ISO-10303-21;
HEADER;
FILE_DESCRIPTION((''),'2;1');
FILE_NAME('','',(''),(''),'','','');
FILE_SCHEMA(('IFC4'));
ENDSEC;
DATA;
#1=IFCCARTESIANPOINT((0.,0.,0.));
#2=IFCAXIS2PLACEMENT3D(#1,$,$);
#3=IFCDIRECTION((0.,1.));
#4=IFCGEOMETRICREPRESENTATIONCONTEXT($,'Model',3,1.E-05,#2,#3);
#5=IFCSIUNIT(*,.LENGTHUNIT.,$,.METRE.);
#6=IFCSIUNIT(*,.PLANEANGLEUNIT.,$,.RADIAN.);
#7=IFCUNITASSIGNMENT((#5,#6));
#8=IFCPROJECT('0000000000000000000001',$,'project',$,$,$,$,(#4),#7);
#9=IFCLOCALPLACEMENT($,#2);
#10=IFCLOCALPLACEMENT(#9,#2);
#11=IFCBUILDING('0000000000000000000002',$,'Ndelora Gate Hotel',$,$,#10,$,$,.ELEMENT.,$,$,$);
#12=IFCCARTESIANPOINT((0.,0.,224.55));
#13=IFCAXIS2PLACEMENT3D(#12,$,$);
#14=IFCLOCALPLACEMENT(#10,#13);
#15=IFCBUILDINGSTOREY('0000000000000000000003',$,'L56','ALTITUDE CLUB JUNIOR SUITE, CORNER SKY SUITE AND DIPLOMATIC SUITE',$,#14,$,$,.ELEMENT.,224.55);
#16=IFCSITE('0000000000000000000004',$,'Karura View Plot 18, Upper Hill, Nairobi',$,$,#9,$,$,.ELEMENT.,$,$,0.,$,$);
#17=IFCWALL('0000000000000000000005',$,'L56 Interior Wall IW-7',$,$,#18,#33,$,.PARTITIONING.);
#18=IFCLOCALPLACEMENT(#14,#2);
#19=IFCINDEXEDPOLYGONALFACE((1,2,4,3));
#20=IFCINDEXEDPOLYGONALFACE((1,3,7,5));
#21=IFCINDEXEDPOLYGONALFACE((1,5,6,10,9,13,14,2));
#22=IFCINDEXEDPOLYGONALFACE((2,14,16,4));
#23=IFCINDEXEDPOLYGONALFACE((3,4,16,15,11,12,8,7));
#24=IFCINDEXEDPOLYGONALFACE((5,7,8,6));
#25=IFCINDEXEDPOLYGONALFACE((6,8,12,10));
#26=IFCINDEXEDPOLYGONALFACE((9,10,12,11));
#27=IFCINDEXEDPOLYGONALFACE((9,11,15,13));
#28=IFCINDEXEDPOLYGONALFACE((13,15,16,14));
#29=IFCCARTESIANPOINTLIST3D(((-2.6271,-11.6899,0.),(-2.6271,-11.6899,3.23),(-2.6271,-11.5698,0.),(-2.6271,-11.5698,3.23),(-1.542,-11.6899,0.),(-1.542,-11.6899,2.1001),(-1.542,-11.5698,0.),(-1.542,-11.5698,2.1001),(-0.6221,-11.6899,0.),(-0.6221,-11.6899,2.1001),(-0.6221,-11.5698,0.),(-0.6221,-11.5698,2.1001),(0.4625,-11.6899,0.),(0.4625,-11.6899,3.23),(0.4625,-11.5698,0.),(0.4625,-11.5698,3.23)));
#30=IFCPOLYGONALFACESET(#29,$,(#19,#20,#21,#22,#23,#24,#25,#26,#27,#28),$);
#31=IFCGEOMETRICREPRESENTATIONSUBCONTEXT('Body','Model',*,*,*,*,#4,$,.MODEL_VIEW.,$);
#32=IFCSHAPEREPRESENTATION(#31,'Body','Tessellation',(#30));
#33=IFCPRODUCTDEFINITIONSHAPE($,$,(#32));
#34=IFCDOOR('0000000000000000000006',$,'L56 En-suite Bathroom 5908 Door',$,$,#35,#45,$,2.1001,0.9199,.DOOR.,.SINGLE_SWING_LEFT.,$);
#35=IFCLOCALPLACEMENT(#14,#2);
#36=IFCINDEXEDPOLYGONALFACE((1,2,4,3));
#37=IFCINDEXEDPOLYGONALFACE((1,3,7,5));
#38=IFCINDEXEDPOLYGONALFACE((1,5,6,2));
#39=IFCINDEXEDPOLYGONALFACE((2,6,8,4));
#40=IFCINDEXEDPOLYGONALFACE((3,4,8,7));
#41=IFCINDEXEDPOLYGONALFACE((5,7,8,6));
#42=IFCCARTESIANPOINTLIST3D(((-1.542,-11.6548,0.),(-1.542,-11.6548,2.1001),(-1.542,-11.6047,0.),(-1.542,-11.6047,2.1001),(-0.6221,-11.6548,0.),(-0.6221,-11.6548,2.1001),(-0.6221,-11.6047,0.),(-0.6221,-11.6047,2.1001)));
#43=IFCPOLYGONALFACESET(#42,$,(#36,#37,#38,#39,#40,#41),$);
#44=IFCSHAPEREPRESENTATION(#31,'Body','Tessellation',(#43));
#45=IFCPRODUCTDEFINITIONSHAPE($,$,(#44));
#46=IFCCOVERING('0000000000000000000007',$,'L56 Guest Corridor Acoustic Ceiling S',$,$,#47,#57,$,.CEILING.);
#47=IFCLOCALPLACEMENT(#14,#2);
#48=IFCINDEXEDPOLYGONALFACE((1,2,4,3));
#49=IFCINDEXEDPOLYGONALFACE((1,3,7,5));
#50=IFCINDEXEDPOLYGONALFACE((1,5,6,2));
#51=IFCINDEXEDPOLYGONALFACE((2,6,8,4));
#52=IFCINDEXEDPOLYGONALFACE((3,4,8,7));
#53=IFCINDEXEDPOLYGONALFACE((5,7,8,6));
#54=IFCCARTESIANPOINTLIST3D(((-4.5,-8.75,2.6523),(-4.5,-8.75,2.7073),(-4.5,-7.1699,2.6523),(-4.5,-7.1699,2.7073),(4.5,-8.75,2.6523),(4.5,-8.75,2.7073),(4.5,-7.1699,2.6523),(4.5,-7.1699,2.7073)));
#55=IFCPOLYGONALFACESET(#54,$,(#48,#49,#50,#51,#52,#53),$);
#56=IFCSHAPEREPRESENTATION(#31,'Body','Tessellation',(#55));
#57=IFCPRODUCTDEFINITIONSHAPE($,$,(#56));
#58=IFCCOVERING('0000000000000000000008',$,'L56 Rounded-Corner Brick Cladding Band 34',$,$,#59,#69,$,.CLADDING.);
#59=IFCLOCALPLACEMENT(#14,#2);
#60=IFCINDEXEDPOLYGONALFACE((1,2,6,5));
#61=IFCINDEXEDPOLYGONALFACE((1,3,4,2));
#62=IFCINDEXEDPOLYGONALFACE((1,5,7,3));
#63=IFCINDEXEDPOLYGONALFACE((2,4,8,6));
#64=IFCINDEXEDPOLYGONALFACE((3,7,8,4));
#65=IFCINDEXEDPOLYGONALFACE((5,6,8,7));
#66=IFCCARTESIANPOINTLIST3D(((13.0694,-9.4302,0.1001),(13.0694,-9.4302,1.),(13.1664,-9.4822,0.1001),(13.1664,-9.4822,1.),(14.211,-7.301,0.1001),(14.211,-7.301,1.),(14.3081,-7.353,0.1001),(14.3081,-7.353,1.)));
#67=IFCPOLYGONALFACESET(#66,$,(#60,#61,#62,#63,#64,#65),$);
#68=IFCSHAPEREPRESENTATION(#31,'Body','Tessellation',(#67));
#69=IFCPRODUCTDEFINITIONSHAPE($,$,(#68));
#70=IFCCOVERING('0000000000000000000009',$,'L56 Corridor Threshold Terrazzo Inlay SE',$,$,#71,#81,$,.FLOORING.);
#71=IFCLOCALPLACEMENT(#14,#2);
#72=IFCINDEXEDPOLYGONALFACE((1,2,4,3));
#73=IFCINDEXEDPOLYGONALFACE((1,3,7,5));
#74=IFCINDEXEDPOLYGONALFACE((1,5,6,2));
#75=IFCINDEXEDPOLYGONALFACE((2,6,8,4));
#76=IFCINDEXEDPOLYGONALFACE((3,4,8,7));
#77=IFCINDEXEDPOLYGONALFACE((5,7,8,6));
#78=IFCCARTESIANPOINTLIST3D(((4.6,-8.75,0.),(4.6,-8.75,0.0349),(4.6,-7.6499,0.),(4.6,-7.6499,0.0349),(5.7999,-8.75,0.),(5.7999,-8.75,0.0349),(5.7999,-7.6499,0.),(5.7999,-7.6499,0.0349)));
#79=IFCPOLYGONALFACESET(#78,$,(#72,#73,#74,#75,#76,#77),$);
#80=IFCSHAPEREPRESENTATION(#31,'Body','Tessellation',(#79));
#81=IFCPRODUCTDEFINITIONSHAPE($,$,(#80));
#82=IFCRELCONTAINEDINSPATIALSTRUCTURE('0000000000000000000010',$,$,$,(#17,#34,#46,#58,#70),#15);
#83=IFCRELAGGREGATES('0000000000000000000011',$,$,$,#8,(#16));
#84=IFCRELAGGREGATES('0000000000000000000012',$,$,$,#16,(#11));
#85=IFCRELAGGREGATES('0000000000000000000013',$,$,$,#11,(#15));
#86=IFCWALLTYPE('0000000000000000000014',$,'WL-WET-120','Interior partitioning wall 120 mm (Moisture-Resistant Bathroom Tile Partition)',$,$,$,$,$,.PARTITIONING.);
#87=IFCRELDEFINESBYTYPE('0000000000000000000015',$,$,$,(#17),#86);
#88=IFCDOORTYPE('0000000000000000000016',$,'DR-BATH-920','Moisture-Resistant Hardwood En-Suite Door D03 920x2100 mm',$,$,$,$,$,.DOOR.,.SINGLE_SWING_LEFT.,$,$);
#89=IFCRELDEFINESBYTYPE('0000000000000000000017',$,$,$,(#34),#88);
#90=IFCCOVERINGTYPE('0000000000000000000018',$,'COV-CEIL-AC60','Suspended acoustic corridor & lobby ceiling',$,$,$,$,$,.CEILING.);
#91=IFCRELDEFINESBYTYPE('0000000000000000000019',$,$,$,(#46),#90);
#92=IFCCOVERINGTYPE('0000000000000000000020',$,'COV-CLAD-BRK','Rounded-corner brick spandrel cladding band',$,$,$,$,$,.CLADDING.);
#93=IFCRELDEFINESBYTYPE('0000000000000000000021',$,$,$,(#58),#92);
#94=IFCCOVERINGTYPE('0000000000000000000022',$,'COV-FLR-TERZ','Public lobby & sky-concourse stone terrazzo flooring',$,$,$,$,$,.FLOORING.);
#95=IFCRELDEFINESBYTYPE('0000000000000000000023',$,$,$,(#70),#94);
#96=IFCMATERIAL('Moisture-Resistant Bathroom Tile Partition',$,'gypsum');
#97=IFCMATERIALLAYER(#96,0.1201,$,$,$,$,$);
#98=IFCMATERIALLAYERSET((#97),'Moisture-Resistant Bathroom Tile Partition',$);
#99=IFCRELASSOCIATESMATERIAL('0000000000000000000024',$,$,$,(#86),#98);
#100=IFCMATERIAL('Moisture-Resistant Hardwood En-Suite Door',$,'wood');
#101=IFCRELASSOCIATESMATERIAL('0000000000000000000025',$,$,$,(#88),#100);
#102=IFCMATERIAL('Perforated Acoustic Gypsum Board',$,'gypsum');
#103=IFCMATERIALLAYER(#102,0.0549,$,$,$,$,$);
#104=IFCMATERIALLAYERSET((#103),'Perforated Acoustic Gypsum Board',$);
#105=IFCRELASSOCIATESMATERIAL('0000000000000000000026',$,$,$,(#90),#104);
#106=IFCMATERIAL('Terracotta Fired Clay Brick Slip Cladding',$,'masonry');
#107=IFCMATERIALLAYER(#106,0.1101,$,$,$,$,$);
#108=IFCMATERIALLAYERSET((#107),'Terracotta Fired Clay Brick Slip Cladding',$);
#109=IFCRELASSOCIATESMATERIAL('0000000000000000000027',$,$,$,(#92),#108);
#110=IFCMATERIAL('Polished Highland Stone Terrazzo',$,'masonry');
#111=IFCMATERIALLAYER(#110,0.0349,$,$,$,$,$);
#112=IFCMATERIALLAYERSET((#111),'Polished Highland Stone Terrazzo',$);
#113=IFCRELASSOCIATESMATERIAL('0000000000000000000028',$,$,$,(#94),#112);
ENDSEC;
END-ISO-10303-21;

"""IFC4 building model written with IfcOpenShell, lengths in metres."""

from ifc_helpers import new_model, si_unit, direction, frame, frame_2d, origin, origin_2d, place, context, subcontext, project, spatial, rectangle, extrude, material, layer, layer_set, type_object, element, fill, save


model = new_model("IFC4")

# Units and contexts
model_context = context("Model", 3, precision=1e-05, world=origin(), true_north=direction((0.0, 1.0)))
body_context = subcontext(model_context, "Body", "Model", "MODEL_VIEW")
ifc_project = project(units=[si_unit("LENGTHUNIT", "METRE"), si_unit("PLANEANGLEUNIT", "RADIAN")], contexts=[model_context])

# Site, building, storey
site_placement = place(None, origin())
site = spatial("IfcSite", under=ifc_project, at=site_placement, Name="Karura View Plot 18, Upper Hill, Nairobi", CompositionType="ELEMENT", RefElevation=0.0)
building_placement = place(site_placement, origin())
building = spatial("IfcBuilding", under=site, at=building_placement, Name="Ndelora Gate Hotel", CompositionType="ELEMENT")
storey_placement = place(building_placement, frame((0.0, 0.0, 224.55)))
storey = spatial("IfcBuildingStorey", under=building, at=storey_placement, Name="L56", Description="ALTITUDE CLUB JUNIOR SUITE, CORNER SKY SUITE AND DIPLOMATIC SUITE", CompositionType="ELEMENT", Elevation=224.55)

# Shared definitions
ifc_material_1 = material(Name="Moisture-Resistant Bathroom Tile Partition", Category="gypsum")
ifc_layer_1 = layer(ifc_material_1, 0.1201)
ifc_layer_set_1 = layer_set([ifc_layer_1], Name="Moisture-Resistant Bathroom Tile Partition")
wall_type_1 = type_object("IfcWallType", Name="WL-WET-120", Description="Interior partitioning wall 120 mm (Moisture-Resistant Bathroom Tile Partition)", PredefinedType="PARTITIONING", material=ifc_layer_set_1)

# Wall, opening, door
wall_1_placement = place(storey_placement, frame((0.4626, -11.6299, 0.0), z_axis=(0.0, 0.0, 1.0), x_axis=(-1.0, 0.0, 0.0)))
wall_1 = element("IfcWall", 1, at=wall_1_placement, inside=storey, type_object=wall_type_1, Name="L56 Interior Wall IW-7", PredefinedType="PARTITIONING", context=body_context, shape_type="SweptSolid", body=[
    extrude(rectangle(XDim=3.0896, YDim=0.1201, at=frame_2d((1.5449, 0.0))), origin(), (0.0, 0.0, 1.0), 3.23),
])
opening_1_placement = place(wall_1_placement, frame((1.0847, 0.0, 0.0)))
opening_1 = element("IfcOpeningElement", 2, at=opening_1_placement, cuts=wall_1, PredefinedType="OPENING", context=body_context, shape_type="SweptSolid", body=[
    extrude(rectangle(XDim=0.9199, YDim=2.1001, at=frame_2d((0.46, 1.05))), frame((0.0, 0.0701, 0.0), z_axis=(0.0, -1.0, 0.0), x_axis=(1.0, 0.0, 0.0)), (0.0, 0.0, 1.0), 0.1401),
])
ifc_material_2 = material(Name="Moisture-Resistant Hardwood En-Suite Door", Category="wood")
door_type_1 = type_object("IfcDoorType", Name="DR-BATH-920", Description="Moisture-Resistant Hardwood En-Suite Door D03 920x2100 mm", OperationType="SINGLE_SWING_LEFT", PredefinedType="DOOR", material=ifc_material_2)
door_1_placement = place(opening_1_placement, origin())
door_1 = element("IfcDoor", 3, at=door_1_placement, inside=storey, type_object=door_type_1, Name="L56 En-suite Bathroom 5908 Door", OperationType="SINGLE_SWING_LEFT", OverallHeight=2.1001, OverallWidth=0.9199, PredefinedType="DOOR", context=body_context, shape_type="SweptSolid", body=[
    extrude(rectangle(XDim=0.9199, YDim=2.1001, at=frame_2d((0.46, 1.05))), frame((0.0, 0.0249, 0.0), z_axis=(0.0, -1.0, 0.0), x_axis=(1.0, 0.0, 0.0)), (0.0, 0.0, 1.0), 0.05),
])
fill(opening_1, door_1)

# Coverings
ifc_material_3 = material(Name="Perforated Acoustic Gypsum Board", Category="gypsum")
ifc_layer_2 = layer(ifc_material_3, 0.0549)
ifc_layer_set_2 = layer_set([ifc_layer_2], Name="Perforated Acoustic Gypsum Board")
covering_type_1 = type_object("IfcCoveringType", Name="COV-CEIL-AC60", Description="Suspended acoustic corridor & lobby ceiling", PredefinedType="CEILING", material=ifc_layer_set_2)
covering_1_placement = place(storey_placement, frame((0.0, -7.96, 2.6523), z_axis=(0.0, 0.0, 1.0), x_axis=(1.0, 0.0, 0.0)))
element("IfcCovering", 4, at=covering_1_placement, inside=storey, type_object=covering_type_1, Name="L56 Guest Corridor Acoustic Ceiling S", PredefinedType="CEILING", context=body_context, shape_type="SweptSolid", body=[
    extrude(rectangle(XDim=9.0, YDim=1.5801, at=origin_2d()), origin(), (0.0, 0.0, 1.0), 0.0549),
])
ifc_material_4 = material(Name="Terracotta Fired Clay Brick Slip Cladding", Category="masonry")
ifc_layer_3 = layer(ifc_material_4, 0.1101)
ifc_layer_set_3 = layer_set([ifc_layer_3], Name="Terracotta Fired Clay Brick Slip Cladding")
covering_type_2 = type_object("IfcCoveringType", Name="COV-CLAD-BRK", Description="Rounded-corner brick spandrel cladding band", PredefinedType="CLADDING", material=ifc_layer_set_3)
covering_2_placement = place(storey_placement, frame((13.6887, -8.3916, 0.1001), z_axis=(0.0, 0.0, 1.0), x_axis=(0.472551, 0.881303, 0.0)))
element("IfcCovering", 5, at=covering_2_placement, inside=storey, type_object=covering_type_2, Name="L56 Rounded-Corner Brick Cladding Band 34", PredefinedType="CLADDING", context=body_context, shape_type="SweptSolid", body=[
    extrude(rectangle(XDim=2.416, YDim=0.1101, at=origin_2d()), origin(), (0.0, 0.0, 1.0), 0.8999),
])
ifc_material_5 = material(Name="Polished Highland Stone Terrazzo", Category="masonry")
ifc_layer_4 = layer(ifc_material_5, 0.0349)
ifc_layer_set_4 = layer_set([ifc_layer_4], Name="Polished Highland Stone Terrazzo")
covering_type_3 = type_object("IfcCoveringType", Name="COV-FLR-TERZ", Description="Public lobby & sky-concourse stone terrazzo flooring", PredefinedType="FLOORING", material=ifc_layer_set_4)
covering_3_placement = place(storey_placement, frame((5.2, -8.2, 0.0), z_axis=(0.0, 0.0, 1.0), x_axis=(1.0, 0.0, 0.0)))
element("IfcCovering", 6, at=covering_3_placement, inside=storey, type_object=covering_type_3, Name="L56 Corridor Threshold Terrazzo Inlay SE", PredefinedType="FLOORING", context=body_context, shape_type="SweptSolid", body=[
    extrude(rectangle(XDim=1.2, YDim=1.1001, at=origin_2d()), origin(), (0.0, 0.0, 1.0), 0.0349),
])

save(model, "model.ifc")
